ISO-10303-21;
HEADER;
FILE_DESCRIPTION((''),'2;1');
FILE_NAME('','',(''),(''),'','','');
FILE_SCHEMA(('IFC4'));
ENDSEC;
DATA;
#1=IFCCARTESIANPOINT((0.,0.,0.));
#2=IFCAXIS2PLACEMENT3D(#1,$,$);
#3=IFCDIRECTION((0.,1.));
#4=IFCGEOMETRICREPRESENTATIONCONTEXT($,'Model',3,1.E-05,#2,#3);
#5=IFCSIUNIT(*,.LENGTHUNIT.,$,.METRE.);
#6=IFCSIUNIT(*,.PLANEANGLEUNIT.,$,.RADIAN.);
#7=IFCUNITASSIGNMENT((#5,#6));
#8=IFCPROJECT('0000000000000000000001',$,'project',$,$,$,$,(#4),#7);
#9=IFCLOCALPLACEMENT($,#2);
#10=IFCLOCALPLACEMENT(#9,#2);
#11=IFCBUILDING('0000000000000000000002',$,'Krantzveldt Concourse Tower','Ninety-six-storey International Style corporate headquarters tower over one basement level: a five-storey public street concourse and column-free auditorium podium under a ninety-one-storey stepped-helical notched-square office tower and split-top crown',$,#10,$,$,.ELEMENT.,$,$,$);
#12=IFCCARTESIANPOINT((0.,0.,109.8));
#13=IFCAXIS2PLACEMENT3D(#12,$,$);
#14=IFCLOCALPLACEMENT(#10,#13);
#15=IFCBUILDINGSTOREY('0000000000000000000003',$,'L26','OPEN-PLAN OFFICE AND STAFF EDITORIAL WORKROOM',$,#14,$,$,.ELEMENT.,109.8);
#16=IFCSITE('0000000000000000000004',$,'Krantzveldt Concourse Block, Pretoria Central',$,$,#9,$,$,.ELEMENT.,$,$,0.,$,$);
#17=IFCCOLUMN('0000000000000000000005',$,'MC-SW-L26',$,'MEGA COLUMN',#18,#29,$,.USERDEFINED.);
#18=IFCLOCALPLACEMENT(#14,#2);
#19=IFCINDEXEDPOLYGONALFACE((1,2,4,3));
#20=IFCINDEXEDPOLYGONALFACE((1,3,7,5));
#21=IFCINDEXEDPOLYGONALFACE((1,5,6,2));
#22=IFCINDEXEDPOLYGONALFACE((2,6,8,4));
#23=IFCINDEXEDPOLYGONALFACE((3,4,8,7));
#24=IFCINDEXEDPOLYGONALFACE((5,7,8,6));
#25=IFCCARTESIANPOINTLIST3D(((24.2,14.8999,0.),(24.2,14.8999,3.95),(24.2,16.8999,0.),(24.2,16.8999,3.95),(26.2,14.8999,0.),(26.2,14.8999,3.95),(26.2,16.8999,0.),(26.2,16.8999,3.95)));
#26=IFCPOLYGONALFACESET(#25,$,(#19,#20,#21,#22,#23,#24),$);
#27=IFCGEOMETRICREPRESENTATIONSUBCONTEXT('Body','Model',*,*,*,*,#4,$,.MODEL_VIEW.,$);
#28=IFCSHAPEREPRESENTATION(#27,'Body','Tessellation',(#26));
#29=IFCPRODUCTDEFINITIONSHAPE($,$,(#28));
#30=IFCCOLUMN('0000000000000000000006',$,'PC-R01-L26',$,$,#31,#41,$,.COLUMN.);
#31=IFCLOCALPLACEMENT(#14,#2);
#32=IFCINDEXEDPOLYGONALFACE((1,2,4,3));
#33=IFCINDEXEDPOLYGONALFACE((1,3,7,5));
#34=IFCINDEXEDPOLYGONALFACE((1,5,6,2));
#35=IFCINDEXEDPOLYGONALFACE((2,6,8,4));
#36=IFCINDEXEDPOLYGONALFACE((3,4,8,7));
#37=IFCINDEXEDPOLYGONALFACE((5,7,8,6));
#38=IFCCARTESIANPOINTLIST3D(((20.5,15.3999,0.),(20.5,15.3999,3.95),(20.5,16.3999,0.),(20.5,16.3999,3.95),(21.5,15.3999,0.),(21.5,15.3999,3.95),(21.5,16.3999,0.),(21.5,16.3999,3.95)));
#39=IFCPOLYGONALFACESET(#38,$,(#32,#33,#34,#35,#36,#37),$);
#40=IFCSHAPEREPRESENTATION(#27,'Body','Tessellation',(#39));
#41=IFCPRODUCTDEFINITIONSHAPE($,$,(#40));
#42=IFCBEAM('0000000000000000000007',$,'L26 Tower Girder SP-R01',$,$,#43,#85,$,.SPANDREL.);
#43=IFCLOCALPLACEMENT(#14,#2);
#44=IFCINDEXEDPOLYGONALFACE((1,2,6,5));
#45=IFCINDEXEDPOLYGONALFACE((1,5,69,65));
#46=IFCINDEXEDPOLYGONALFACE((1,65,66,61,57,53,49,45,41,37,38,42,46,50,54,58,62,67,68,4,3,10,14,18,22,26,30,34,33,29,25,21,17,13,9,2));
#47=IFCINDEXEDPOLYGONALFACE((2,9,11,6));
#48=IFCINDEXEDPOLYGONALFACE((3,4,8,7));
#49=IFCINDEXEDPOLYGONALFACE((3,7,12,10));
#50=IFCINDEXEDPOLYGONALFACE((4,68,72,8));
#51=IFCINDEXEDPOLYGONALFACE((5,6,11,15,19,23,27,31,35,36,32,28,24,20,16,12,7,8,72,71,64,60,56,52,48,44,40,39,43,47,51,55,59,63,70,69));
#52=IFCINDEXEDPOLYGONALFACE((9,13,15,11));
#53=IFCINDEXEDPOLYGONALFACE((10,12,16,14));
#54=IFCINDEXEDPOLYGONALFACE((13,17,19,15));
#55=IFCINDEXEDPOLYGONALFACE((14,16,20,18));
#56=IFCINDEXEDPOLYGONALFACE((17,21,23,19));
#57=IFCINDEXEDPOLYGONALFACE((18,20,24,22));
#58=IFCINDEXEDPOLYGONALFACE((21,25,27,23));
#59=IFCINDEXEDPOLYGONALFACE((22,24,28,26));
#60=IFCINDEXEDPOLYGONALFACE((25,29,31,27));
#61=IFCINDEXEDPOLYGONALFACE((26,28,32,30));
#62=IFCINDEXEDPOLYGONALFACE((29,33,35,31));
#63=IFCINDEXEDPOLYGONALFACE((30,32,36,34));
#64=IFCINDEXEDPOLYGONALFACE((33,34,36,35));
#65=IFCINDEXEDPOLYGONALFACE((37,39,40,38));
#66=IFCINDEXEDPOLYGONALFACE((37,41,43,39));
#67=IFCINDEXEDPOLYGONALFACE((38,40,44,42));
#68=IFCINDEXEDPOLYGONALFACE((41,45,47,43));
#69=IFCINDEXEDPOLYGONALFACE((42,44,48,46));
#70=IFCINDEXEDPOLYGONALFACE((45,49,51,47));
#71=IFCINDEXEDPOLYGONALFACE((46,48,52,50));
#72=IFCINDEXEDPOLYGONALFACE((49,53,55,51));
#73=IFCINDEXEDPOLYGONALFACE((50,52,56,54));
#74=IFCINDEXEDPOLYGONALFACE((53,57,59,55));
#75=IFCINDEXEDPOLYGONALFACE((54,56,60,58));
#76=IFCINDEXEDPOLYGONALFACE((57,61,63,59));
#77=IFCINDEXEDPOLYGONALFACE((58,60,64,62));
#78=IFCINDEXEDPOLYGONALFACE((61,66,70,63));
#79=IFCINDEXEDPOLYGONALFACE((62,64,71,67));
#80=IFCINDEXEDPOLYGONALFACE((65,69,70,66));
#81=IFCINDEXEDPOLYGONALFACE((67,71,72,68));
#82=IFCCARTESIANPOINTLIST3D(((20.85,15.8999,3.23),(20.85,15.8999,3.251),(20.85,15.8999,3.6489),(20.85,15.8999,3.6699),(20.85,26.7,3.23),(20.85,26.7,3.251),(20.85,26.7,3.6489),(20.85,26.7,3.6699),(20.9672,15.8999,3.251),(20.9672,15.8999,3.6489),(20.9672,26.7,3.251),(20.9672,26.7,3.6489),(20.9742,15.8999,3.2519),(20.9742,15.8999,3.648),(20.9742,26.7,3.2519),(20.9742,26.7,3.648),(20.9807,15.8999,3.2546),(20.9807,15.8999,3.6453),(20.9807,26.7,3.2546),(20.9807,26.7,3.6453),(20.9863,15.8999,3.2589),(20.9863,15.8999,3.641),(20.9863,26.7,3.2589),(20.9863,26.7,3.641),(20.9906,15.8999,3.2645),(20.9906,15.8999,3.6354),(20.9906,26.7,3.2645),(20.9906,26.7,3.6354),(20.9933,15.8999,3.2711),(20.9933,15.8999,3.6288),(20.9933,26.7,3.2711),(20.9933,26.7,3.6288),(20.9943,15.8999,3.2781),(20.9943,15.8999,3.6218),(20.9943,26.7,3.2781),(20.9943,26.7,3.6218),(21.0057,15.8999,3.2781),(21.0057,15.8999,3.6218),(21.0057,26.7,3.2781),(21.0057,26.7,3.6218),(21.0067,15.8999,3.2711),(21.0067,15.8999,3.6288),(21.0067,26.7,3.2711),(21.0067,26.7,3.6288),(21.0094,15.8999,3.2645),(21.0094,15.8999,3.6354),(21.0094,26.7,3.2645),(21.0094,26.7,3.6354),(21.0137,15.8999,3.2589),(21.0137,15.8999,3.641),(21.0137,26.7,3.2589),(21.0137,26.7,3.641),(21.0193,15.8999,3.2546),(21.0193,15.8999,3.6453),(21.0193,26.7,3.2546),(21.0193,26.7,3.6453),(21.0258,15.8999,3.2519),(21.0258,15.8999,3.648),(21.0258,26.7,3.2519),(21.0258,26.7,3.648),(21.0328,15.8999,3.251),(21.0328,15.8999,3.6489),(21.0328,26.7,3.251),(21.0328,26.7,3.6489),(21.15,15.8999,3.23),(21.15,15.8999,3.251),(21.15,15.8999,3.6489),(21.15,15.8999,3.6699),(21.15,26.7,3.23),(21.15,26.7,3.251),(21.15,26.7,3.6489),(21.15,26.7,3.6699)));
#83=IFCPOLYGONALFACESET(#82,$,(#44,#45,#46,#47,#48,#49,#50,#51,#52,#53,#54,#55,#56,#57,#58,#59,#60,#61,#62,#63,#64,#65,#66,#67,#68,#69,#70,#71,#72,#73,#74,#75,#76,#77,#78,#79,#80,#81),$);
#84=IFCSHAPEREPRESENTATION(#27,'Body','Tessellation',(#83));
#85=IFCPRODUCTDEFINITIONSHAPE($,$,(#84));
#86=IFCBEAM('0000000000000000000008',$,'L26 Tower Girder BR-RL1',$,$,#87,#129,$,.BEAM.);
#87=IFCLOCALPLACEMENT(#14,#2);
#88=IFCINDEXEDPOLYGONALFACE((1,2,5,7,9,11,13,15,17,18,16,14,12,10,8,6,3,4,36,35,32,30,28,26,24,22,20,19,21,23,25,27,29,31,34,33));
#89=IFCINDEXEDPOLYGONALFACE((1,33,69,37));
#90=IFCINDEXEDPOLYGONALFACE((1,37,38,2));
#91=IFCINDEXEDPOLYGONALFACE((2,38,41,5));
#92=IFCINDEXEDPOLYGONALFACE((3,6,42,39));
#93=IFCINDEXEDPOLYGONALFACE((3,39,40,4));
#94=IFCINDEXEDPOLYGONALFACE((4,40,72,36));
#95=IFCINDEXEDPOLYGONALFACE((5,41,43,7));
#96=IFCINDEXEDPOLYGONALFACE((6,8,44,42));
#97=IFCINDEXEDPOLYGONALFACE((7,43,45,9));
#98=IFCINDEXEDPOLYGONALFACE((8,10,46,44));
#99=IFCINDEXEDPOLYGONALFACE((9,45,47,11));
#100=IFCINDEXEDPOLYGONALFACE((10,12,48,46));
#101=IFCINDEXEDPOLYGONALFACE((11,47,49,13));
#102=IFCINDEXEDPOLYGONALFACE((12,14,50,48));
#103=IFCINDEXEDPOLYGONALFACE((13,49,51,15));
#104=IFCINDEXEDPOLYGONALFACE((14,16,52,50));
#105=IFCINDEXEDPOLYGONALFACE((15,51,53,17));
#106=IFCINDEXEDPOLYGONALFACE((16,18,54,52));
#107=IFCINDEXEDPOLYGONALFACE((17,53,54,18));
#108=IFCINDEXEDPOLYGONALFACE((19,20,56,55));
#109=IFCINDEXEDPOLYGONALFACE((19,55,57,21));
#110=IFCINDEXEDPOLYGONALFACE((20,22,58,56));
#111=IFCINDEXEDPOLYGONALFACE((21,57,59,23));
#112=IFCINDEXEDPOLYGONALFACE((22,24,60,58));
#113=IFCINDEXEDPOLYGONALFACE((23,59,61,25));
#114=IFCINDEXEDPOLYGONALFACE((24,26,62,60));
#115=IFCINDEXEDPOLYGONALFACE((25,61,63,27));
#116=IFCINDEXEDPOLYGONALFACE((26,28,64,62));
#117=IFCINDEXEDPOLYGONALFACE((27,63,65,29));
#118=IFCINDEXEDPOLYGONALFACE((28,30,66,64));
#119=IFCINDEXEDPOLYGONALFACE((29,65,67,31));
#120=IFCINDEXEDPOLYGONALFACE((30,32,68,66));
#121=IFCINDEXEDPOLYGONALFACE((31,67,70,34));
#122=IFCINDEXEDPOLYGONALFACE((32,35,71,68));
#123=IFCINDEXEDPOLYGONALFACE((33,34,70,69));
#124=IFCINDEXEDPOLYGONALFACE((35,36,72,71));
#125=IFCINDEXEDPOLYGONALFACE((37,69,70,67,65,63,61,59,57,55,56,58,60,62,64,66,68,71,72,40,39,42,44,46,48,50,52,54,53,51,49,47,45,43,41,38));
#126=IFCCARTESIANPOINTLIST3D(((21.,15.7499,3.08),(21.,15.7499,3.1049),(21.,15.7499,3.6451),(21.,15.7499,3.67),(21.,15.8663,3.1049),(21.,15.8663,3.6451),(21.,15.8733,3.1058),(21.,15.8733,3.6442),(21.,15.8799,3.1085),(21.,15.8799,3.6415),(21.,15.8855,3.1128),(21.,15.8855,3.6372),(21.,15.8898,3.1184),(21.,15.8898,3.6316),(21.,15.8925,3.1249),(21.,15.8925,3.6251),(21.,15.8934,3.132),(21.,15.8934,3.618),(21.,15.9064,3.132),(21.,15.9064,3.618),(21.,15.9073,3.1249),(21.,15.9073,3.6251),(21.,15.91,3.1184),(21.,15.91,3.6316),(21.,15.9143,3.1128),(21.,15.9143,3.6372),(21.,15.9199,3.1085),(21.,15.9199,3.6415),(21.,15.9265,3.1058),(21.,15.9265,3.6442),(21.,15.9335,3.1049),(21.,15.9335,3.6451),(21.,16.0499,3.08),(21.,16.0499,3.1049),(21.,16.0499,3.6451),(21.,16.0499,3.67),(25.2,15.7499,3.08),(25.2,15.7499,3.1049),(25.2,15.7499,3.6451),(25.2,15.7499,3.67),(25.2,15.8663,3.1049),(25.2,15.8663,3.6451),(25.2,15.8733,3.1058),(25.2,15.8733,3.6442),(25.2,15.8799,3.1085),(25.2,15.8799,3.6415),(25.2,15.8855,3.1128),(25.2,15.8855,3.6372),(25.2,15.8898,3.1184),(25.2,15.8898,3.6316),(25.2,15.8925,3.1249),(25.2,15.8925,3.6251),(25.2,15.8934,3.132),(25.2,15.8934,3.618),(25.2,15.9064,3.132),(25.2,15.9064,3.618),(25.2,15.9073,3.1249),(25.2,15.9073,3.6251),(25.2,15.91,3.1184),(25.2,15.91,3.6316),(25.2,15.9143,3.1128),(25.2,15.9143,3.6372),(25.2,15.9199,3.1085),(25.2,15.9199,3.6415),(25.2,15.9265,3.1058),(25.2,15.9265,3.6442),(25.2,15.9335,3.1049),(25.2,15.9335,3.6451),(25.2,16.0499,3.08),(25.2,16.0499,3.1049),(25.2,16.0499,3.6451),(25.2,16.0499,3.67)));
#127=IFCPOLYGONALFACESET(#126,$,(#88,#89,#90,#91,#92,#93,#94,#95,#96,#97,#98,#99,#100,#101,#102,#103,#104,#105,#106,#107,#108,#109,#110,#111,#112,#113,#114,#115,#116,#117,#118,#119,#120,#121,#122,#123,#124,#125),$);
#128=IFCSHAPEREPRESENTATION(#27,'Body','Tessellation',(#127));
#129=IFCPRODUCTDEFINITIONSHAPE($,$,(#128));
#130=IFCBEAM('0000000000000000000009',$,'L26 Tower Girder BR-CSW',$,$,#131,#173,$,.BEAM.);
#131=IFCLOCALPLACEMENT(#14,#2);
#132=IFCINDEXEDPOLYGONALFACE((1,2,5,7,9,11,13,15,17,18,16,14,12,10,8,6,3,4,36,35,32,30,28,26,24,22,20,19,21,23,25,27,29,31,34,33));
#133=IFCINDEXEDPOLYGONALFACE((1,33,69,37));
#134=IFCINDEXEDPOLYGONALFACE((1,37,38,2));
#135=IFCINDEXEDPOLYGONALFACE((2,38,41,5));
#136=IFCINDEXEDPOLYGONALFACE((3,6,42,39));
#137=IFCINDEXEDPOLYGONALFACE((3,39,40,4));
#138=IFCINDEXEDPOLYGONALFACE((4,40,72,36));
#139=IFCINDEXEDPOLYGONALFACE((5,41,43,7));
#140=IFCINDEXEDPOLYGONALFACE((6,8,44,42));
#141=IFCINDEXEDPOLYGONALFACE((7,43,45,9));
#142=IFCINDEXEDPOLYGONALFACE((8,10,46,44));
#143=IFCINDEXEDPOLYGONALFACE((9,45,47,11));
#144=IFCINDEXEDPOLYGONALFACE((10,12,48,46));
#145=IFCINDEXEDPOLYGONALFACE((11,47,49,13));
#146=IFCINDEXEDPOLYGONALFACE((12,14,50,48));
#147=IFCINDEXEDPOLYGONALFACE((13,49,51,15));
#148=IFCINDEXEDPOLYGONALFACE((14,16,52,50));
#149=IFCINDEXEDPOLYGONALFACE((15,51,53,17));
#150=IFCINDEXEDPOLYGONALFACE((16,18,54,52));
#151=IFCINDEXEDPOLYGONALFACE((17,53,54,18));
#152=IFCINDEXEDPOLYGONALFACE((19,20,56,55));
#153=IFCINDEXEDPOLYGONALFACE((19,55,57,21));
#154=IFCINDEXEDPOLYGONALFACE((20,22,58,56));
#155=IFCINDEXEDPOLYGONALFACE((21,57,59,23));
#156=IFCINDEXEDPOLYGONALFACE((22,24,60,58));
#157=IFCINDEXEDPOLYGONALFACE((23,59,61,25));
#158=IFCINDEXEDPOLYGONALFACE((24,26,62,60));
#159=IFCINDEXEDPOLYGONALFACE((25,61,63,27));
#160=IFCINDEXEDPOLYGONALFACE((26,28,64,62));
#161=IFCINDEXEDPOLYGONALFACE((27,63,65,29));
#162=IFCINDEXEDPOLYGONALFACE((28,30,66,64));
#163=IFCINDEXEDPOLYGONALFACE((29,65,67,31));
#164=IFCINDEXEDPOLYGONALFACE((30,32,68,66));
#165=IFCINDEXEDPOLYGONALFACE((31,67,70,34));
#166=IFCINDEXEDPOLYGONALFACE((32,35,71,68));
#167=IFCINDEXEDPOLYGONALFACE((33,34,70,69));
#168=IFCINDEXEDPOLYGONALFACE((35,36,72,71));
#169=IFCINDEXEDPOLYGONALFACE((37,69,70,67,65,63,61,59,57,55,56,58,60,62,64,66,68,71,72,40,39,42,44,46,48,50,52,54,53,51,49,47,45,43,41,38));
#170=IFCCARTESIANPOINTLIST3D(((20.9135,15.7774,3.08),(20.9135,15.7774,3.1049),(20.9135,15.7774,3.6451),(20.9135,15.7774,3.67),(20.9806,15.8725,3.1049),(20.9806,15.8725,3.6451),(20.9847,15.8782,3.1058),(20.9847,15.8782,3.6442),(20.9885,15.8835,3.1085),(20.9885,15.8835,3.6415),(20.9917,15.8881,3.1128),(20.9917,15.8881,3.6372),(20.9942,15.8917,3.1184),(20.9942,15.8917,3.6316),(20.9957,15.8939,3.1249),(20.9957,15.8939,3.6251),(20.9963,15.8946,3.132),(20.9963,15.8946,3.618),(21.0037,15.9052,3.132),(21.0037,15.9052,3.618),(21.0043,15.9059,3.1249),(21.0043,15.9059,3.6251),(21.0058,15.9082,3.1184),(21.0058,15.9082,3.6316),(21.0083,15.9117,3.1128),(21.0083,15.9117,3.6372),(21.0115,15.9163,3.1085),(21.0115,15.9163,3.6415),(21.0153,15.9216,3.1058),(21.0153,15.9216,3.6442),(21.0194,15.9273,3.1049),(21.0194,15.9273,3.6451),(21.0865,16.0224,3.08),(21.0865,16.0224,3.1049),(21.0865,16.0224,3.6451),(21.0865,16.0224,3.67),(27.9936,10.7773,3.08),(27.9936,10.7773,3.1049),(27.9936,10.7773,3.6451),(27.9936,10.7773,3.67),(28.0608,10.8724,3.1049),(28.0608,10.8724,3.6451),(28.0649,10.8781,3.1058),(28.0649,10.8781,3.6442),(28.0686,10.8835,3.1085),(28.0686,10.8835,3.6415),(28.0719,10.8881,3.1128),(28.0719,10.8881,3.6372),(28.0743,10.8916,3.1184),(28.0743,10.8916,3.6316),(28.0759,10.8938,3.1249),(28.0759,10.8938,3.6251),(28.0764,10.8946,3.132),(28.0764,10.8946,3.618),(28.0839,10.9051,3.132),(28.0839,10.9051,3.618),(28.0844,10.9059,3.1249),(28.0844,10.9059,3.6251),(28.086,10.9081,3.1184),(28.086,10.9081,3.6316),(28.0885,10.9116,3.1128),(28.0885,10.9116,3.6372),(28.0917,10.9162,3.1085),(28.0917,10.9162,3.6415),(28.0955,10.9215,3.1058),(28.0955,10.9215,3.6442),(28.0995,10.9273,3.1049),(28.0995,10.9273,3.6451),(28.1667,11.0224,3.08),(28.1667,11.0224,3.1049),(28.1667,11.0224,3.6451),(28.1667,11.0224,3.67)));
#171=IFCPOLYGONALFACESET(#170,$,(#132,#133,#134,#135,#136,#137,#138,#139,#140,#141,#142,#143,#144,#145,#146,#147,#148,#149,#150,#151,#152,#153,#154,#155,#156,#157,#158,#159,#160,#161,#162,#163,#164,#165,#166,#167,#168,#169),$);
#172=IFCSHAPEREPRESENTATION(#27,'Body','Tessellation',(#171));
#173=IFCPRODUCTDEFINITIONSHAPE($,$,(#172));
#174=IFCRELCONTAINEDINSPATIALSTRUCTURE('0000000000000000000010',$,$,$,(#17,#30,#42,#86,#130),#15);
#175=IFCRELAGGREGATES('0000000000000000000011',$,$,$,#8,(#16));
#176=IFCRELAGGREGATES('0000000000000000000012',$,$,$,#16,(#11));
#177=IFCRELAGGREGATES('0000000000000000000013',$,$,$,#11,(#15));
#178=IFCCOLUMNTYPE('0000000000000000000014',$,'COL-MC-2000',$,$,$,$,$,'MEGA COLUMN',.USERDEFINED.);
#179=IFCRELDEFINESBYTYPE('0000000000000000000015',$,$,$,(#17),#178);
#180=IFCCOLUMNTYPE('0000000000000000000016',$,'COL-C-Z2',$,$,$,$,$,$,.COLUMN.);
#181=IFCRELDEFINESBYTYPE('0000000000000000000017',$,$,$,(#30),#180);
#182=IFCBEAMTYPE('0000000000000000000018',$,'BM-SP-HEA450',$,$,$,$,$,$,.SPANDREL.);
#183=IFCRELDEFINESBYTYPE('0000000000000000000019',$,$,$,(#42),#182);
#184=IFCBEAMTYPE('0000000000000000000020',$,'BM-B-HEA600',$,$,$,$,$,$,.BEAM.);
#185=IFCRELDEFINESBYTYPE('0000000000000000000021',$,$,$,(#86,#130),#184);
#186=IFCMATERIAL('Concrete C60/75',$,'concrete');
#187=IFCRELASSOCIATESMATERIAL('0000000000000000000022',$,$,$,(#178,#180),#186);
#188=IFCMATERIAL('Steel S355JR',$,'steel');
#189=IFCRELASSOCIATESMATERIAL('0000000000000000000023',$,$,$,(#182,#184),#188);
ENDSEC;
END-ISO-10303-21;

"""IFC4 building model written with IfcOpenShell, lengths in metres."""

from ifc_helpers import new_model, si_unit, direction, frame, origin, origin_2d, place, context, subcontext, project, spatial, rectangle, i_section, extrude, source, transform, mapped, material, material_profile, profile_set, type_object, type_shapes, element, save


model = new_model("IFC4")

# Units and contexts
model_context = context("Model", 3, precision=1e-05, world=origin(), true_north=direction((0.0, 1.0)))
body_context = subcontext(model_context, "Body", "Model", "MODEL_VIEW")
ifc_project = project(units=[si_unit("LENGTHUNIT", "METRE"), si_unit("PLANEANGLEUNIT", "RADIAN")], contexts=[model_context])

# Site, building, storey
site_placement = place(None, origin())
site = spatial("IfcSite", under=ifc_project, at=site_placement, Name="Krantzveldt Concourse Block, Pretoria Central", CompositionType="ELEMENT", RefElevation=0.0)
building_placement = place(site_placement, origin())
building = spatial("IfcBuilding", under=site, at=building_placement, Name="Krantzveldt Concourse Tower", Description="Ninety-six-storey International Style corporate headquarters tower over one basement level: a five-storey public street concourse and column-free auditorium podium under a ninety-one-storey stepped-helical notched-square office tower and split-top crown", CompositionType="ELEMENT")
storey_placement = place(building_placement, frame((0.0, 0.0, 109.8)))
storey = spatial("IfcBuildingStorey", under=building, at=storey_placement, Name="L26", Description="OPEN-PLAN OFFICE AND STAFF EDITORIAL WORKROOM", CompositionType="ELEMENT", Elevation=109.8)

# Columns
ifc_material_1 = material(Name="Concrete C60/75", Category="concrete")
ifc_material_profile_1 = material_profile(ifc_material_1, rectangle(XDim=2.0, YDim=2.0, at=origin_2d()), Name="Concrete C60/75", Category="concrete")
ifc_profile_set_1 = profile_set([ifc_material_profile_1], Name="Concrete C60/75 - RC 2000x2000")
column_type_1 = type_object("IfcColumnType", Name="COL-MC-2000", ElementType="MEGA COLUMN", PredefinedType="USERDEFINED", material=ifc_profile_set_1)
shared_shape_1 = source(origin(), body_context, "Body", "SweptSolid", [
    extrude(rectangle(XDim=2.0, YDim=2.0, at=origin_2d()), origin(), (0.0, 0.0, 1.0), 3.95),
])
type_shapes(column_type_1, [shared_shape_1])
column_1_placement = place(storey_placement, frame((25.2, 15.8999, 0.0), z_axis=(0.0, 0.0, 1.0), x_axis=(1.0, 0.0, 0.0)))
element("IfcColumn", 1, at=column_1_placement, inside=storey, type_object=column_type_1, Name="MC-SW-L26", ObjectType="MEGA COLUMN", PredefinedType="USERDEFINED", context=body_context, shape_type="MappedRepresentation", body=[
    mapped(shared_shape_1, transform((0.0, 0.0, 0.0), x_axis=(1.0, 0.0, 0.0), y_axis=(0.0, 1.0, 0.0), z_axis=(0.0, 0.0, 1.0), scale=1.0)),
])
ifc_material_profile_2 = material_profile(ifc_material_1, rectangle(XDim=1.0, YDim=1.0, at=origin_2d()), Name="Concrete C60/75", Category="concrete")
ifc_profile_set_2 = profile_set([ifc_material_profile_2], Name="Concrete C60/75 - RC 1000x1000")
column_type_2 = type_object("IfcColumnType", Name="COL-C-Z2", PredefinedType="COLUMN", material=ifc_profile_set_2)
shared_shape_2 = source(origin(), body_context, "Body", "SweptSolid", [
    extrude(rectangle(XDim=1.0, YDim=1.0, at=origin_2d()), origin(), (0.0, 0.0, 1.0), 3.95),
])
type_shapes(column_type_2, [shared_shape_2])
column_2_placement = place(storey_placement, frame((21.0, 15.8999, 0.0), z_axis=(0.0, 0.0, 1.0), x_axis=(1.0, 0.0, 0.0)))
element("IfcColumn", 2, at=column_2_placement, inside=storey, type_object=column_type_2, Name="PC-R01-L26", PredefinedType="COLUMN", context=body_context, shape_type="MappedRepresentation", body=[
    mapped(shared_shape_2, transform((0.0, 0.0, 0.0), x_axis=(1.0, 0.0, 0.0), y_axis=(0.0, 1.0, 0.0), z_axis=(0.0, 0.0, 1.0), scale=1.0)),
])

# Beams
ifc_material_2 = material(Name="Steel S355JR", Category="steel")
ifc_material_profile_3 = material_profile(ifc_material_2, i_section(OverallWidth=0.3, OverallDepth=0.4399, WebThickness=0.0115, FlangeThickness=0.021, FilletRadius=0.0271, at=origin_2d()), Name="Steel S355JR", Category="steel")
ifc_profile_set_3 = profile_set([ifc_material_profile_3], Name="Steel S355JR - HEA 450")
beam_type_1 = type_object("IfcBeamType", Name="BM-SP-HEA450", PredefinedType="SPANDREL", material=ifc_profile_set_3)
shared_shape_3 = source(origin(), body_context, "Body", "SweptSolid", [
    extrude(i_section(OverallWidth=0.3, OverallDepth=0.4399, WebThickness=0.0115, FlangeThickness=0.021, FilletRadius=0.0271, at=origin_2d()), origin(), (0.0, 0.0, 1.0), 10.8),
])
type_shapes(beam_type_1, [shared_shape_3])
beam_1_placement = place(storey_placement, frame((21.0, 15.8999, 3.45), z_axis=(0.0, 1.0, 0.0), x_axis=(-1.0, 0.0, 0.0)))
element("IfcBeam", 3, at=beam_1_placement, inside=storey, type_object=beam_type_1, Name="L26 Tower Girder SP-R01", PredefinedType="SPANDREL", context=body_context, shape_type="MappedRepresentation", body=[
    mapped(shared_shape_3, transform((0.0, 0.0, 0.0), x_axis=(1.0, 0.0, 0.0), y_axis=(0.0, 1.0, 0.0), z_axis=(0.0, 0.0, 1.0), scale=1.0)),
])
ifc_material_profile_4 = material_profile(ifc_material_2, i_section(OverallWidth=0.3, OverallDepth=0.5901, WebThickness=0.0129, FlangeThickness=0.0249, FilletRadius=0.0271, at=origin_2d()), Name="Steel S355JR", Category="steel")
ifc_profile_set_4 = profile_set([ifc_material_profile_4], Name="Steel S355JR - HEA 600")
beam_type_2 = type_object("IfcBeamType", Name="BM-B-HEA600", PredefinedType="BEAM", material=ifc_profile_set_4)
shared_shape_4 = source(origin(), body_context, "Body", "SweptSolid", [
    extrude(i_section(OverallWidth=0.3, OverallDepth=0.5901, WebThickness=0.0129, FlangeThickness=0.0249, FilletRadius=0.0271, at=origin_2d()), origin(), (0.0, 0.0, 1.0), 4.2),
])
beam_2_placement = place(storey_placement, frame((21.0, 15.8999, 3.375), z_axis=(1.0, 0.0, 0.0), x_axis=(0.0, 1.0, 0.0)))
element("IfcBeam", 4, at=beam_2_placement, inside=storey, type_object=beam_type_2, Name="L26 Tower Girder BR-RL1", PredefinedType="BEAM", context=body_context, shape_type="MappedRepresentation", body=[
    mapped(shared_shape_4, transform((0.0, 0.0, 0.0), x_axis=(1.0, 0.0, 0.0), y_axis=(0.0, 1.0, 0.0), z_axis=(0.0, 0.0, 1.0), scale=1.0)),
])
shared_shape_5 = source(origin(), body_context, "Body", "SweptSolid", [
    extrude(i_section(OverallWidth=0.3, OverallDepth=0.5901, WebThickness=0.0129, FlangeThickness=0.0249, FilletRadius=0.0271, at=origin_2d()), origin(), (0.0, 0.0, 1.0), 8.6677),
])
type_shapes(beam_type_2, [shared_shape_4, shared_shape_5])
beam_3_placement = place(storey_placement, frame((21.0, 15.8999, 3.375), z_axis=(0.816843, -0.57686, 0.0), x_axis=(0.57686, 0.816843, 0.0)))
element("IfcBeam", 5, at=beam_3_placement, inside=storey, type_object=beam_type_2, Name="L26 Tower Girder BR-CSW", PredefinedType="BEAM", context=body_context, shape_type="MappedRepresentation", body=[
    mapped(shared_shape_5, transform((0.0, 0.0, 0.0), x_axis=(1.0, 0.0, 0.0), y_axis=(0.0, 1.0, 0.0), z_axis=(0.0, 0.0, 1.0), scale=1.0)),
])

save(model, "model.ifc")
